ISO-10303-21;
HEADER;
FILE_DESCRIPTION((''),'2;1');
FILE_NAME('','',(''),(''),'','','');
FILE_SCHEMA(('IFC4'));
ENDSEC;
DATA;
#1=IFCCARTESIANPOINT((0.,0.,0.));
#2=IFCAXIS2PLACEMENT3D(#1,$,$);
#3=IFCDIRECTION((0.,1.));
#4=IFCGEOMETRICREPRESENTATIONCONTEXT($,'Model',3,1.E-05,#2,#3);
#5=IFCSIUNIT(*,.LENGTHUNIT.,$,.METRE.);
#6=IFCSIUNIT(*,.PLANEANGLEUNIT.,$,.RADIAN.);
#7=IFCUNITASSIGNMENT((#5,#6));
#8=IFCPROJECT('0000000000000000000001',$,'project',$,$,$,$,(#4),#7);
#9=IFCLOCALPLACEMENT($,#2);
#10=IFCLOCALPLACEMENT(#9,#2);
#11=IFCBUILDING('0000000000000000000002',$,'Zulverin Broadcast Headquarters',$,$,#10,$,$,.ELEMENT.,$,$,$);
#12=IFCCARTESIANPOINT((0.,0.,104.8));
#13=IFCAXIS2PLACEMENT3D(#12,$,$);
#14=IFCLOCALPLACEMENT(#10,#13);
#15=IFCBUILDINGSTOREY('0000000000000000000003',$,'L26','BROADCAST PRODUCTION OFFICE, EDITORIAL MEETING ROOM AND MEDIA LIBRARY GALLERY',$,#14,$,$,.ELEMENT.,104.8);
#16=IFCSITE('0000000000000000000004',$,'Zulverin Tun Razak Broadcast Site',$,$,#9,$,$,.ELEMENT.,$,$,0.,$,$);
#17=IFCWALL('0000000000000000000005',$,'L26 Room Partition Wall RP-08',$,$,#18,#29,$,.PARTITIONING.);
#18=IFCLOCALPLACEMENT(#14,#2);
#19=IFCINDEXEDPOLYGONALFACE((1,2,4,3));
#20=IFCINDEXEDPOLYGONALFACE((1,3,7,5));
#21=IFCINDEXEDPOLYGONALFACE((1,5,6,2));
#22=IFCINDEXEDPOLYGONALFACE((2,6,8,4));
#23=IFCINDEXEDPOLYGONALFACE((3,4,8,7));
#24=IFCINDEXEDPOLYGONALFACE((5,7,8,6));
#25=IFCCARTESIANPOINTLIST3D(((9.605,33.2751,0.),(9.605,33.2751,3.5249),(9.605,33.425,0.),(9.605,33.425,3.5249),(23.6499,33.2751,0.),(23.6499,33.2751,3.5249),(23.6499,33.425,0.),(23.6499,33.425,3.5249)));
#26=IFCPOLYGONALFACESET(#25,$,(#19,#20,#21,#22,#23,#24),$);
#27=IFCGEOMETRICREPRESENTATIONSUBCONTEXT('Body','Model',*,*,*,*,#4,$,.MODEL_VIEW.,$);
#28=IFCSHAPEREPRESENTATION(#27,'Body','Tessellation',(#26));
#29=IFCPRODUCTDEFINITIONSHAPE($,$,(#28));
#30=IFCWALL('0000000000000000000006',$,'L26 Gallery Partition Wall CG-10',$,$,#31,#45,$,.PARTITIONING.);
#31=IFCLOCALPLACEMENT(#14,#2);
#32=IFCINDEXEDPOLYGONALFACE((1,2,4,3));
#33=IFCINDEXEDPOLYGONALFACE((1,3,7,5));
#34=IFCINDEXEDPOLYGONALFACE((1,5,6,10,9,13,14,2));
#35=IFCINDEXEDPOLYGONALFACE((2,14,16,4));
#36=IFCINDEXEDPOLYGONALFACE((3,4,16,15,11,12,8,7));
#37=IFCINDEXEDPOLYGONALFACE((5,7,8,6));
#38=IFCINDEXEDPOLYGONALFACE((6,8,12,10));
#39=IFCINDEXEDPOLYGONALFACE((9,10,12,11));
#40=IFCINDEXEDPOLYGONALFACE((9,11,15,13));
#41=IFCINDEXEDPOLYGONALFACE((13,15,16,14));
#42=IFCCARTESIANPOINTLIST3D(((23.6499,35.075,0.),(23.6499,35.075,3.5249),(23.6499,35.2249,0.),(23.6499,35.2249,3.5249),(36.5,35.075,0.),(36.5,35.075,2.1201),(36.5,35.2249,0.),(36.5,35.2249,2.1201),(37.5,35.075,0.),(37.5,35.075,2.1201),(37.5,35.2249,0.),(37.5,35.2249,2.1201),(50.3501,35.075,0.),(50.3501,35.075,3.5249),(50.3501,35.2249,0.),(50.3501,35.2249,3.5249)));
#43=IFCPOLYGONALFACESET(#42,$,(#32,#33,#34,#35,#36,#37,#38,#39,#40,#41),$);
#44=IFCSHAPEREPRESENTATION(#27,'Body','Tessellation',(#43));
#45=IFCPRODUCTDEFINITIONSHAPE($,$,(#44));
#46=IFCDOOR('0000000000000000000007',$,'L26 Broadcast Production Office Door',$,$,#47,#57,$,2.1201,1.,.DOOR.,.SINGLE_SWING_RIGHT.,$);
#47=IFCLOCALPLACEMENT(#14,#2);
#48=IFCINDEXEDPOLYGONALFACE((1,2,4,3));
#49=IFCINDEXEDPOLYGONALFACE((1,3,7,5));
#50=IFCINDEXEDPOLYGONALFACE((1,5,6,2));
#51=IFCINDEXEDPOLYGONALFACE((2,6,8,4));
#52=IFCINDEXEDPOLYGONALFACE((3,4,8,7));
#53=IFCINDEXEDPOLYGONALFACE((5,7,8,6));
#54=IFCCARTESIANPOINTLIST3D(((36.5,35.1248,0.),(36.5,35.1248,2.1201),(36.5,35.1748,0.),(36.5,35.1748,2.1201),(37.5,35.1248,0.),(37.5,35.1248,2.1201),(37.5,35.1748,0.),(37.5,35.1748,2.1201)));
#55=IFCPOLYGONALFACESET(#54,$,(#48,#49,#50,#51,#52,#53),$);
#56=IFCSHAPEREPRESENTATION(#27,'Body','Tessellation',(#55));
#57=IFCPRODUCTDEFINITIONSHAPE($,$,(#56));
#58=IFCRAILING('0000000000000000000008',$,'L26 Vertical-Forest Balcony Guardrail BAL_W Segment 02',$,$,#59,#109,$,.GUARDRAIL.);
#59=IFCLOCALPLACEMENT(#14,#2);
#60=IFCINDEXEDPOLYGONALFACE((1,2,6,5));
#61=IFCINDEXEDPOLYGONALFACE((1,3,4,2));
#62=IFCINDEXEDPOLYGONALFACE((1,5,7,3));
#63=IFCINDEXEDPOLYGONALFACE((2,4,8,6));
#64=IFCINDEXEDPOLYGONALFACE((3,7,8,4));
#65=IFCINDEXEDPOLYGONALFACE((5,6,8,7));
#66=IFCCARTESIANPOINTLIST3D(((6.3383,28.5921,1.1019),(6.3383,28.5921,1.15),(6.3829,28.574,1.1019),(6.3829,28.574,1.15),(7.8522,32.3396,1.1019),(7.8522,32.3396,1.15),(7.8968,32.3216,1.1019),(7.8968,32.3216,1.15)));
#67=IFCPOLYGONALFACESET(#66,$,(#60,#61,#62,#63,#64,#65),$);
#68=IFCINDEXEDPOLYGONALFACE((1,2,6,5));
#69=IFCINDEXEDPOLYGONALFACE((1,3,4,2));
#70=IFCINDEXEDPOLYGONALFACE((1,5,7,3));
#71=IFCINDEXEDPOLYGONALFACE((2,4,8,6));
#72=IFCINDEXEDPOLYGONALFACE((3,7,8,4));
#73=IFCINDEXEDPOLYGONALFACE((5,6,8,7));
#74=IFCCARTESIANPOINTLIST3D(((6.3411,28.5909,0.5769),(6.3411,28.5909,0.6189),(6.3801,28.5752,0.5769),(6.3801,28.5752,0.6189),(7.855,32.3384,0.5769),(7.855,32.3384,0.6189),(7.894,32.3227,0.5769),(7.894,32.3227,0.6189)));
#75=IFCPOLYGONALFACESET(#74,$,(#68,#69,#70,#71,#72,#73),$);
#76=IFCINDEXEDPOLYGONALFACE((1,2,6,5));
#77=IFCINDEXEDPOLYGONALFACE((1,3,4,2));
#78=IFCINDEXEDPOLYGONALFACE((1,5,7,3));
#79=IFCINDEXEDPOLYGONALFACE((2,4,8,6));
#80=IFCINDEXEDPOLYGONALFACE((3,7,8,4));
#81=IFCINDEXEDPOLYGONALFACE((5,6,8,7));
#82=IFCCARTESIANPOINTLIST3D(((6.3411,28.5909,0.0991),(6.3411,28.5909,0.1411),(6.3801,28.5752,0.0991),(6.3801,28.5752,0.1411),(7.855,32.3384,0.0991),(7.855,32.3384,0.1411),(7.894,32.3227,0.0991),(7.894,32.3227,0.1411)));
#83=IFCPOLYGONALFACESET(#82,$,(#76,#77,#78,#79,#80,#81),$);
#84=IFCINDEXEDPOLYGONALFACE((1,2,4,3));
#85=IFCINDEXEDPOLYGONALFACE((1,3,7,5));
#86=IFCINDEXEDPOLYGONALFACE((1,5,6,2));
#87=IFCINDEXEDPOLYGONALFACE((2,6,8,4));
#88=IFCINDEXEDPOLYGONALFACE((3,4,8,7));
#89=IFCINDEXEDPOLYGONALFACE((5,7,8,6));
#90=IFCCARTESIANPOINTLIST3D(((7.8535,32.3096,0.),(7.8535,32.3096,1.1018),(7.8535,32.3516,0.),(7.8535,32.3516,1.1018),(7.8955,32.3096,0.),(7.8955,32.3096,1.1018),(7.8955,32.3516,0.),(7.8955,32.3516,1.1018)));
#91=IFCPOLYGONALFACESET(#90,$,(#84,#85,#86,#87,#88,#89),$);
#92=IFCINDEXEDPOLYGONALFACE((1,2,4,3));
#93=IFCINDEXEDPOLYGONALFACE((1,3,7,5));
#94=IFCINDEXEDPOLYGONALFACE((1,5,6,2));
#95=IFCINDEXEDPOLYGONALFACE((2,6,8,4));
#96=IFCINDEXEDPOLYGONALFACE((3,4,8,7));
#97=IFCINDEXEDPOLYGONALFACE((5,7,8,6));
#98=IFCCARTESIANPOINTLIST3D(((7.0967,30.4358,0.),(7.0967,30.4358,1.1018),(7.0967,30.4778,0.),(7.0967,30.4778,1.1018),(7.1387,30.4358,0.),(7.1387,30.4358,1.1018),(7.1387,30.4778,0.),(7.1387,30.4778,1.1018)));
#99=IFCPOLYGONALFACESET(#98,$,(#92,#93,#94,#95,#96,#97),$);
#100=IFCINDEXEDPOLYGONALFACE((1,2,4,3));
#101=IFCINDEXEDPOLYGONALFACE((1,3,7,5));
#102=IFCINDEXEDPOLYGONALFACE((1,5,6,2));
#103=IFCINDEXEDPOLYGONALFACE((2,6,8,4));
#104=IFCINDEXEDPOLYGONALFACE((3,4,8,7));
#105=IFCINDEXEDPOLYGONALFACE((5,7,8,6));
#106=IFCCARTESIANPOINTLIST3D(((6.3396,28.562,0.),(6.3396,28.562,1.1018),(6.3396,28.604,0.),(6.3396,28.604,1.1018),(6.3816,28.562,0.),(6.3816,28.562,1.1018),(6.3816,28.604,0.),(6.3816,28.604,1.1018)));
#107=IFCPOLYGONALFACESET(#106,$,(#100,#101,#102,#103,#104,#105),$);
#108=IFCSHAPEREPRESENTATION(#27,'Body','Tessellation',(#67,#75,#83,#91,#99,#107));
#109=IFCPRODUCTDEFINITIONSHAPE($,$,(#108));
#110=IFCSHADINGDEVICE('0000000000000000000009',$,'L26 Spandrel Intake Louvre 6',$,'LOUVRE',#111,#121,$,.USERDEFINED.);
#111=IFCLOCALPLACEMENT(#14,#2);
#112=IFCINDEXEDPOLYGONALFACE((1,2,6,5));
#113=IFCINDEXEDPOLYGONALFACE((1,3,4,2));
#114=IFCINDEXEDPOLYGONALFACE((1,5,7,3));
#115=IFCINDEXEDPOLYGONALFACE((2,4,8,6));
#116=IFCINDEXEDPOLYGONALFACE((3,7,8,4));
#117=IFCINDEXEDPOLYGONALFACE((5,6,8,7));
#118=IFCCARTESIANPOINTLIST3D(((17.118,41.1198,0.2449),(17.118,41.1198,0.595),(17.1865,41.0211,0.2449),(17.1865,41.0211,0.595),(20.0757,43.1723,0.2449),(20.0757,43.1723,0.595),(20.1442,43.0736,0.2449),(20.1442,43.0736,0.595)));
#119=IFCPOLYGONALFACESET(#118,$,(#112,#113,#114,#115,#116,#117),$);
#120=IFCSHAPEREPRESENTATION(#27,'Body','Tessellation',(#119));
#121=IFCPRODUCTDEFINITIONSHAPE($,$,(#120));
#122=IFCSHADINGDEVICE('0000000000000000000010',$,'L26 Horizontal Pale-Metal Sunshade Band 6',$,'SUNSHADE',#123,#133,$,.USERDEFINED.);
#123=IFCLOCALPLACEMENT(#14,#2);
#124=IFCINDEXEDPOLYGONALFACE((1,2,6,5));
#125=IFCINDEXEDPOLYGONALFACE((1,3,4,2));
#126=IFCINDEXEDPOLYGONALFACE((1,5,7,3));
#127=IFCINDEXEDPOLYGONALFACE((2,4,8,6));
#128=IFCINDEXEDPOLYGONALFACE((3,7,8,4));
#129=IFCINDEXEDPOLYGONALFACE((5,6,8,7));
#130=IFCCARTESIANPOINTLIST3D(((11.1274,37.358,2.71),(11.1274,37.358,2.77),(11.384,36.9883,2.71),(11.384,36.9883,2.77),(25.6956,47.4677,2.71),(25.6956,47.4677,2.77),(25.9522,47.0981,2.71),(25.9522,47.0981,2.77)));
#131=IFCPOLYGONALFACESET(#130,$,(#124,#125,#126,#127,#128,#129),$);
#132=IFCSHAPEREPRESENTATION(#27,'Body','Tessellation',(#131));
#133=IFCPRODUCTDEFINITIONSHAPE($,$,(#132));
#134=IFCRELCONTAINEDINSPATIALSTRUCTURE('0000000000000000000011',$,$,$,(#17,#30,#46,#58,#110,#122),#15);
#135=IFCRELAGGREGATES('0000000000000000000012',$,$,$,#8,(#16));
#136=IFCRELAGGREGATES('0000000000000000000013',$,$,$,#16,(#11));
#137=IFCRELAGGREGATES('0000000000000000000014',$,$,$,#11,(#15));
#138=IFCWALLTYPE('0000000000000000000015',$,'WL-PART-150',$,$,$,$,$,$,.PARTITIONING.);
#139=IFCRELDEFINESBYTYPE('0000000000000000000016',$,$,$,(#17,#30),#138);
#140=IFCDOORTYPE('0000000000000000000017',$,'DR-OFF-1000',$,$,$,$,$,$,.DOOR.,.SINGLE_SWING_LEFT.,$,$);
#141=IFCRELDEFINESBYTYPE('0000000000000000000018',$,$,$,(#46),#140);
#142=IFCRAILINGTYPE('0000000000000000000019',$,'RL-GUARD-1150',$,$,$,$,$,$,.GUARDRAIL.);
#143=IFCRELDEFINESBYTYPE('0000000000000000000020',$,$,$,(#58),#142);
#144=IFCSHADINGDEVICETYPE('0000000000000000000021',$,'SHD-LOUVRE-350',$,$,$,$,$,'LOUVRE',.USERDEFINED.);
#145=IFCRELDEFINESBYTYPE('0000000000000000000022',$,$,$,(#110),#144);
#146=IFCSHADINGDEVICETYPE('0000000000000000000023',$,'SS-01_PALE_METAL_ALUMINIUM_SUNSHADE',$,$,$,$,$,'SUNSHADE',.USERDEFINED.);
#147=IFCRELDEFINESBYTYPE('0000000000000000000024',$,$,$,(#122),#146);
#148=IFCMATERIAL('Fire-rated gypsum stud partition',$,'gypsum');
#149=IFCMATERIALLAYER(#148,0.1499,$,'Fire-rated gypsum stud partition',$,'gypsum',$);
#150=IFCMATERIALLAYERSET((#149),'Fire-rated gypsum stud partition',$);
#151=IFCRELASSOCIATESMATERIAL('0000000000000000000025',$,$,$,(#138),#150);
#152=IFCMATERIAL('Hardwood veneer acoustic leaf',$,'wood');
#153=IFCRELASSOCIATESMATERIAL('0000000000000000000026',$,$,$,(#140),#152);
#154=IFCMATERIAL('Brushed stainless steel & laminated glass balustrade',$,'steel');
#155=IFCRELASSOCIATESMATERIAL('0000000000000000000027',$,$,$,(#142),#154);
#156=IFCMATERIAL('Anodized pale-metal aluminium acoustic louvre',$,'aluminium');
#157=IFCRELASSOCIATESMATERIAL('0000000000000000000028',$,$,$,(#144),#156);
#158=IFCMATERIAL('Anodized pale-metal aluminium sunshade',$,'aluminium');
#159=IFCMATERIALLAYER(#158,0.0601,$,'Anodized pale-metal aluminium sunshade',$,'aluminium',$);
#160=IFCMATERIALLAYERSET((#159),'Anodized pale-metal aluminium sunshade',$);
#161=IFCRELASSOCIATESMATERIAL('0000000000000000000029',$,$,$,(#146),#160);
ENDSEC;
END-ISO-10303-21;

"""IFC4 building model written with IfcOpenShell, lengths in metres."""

from ifc_helpers import new_model, si_unit, direction, frame, frame_2d, origin, origin_2d, place, context, subcontext, project, spatial, rectangle, extrude, material, layer, layer_set, type_object, element, fill, save


model = new_model("IFC4")

# Units and contexts
model_context = context("Model", 3, precision=1e-05, world=origin(), true_north=direction((0.0, 1.0)))
body_context = subcontext(model_context, "Body", "Model", "MODEL_VIEW")
ifc_project = project(units=[si_unit("LENGTHUNIT", "METRE"), si_unit("PLANEANGLEUNIT", "RADIAN")], contexts=[model_context])

# Site, building, storey
site_placement = place(None, origin())
site = spatial("IfcSite", under=ifc_project, at=site_placement, Name="Zulverin Tun Razak Broadcast Site", CompositionType="ELEMENT", RefElevation=0.0)
building_placement = place(site_placement, origin())
building = spatial("IfcBuilding", under=site, at=building_placement, Name="Zulverin Broadcast Headquarters", CompositionType="ELEMENT")
storey_placement = place(building_placement, frame((0.0, 0.0, 104.8)))
storey = spatial("IfcBuildingStorey", under=building, at=storey_placement, Name="L26", Description="BROADCAST PRODUCTION OFFICE, EDITORIAL MEETING ROOM AND MEDIA LIBRARY GALLERY", CompositionType="ELEMENT", Elevation=104.8)

# Wall
ifc_material_1 = material(Name="Fire-rated gypsum stud partition", Category="gypsum")
ifc_layer_1 = layer(ifc_material_1, 0.1499, Name="Fire-rated gypsum stud partition", Category="gypsum")
ifc_layer_set_1 = layer_set([ifc_layer_1], Name="Fire-rated gypsum stud partition")
wall_type_1 = type_object("IfcWallType", Name="WL-PART-150", PredefinedType="PARTITIONING", material=ifc_layer_set_1)
wall_1_placement = place(storey_placement, frame((9.605, 33.3501, 0.0), z_axis=(0.0, 0.0, 1.0), x_axis=(1.0, 0.0, 0.0)))
element("IfcWall", 1, at=wall_1_placement, inside=storey, type_object=wall_type_1, Name="L26 Room Partition Wall RP-08", PredefinedType="PARTITIONING", context=body_context, shape_type="SweptSolid", body=[
    extrude(rectangle(XDim=14.0449, YDim=0.1499, at=frame_2d((7.0225, 0.0))), origin(), (0.0, 0.0, 1.0), 3.5249),
])

# Wall, opening, door
wall_2_placement = place(storey_placement, frame((23.6499, 35.1499, 0.0), z_axis=(0.0, 0.0, 1.0), x_axis=(1.0, 0.0, 0.0)))
wall_2 = element("IfcWall", 2, at=wall_2_placement, inside=storey, type_object=wall_type_1, Name="L26 Gallery Partition Wall CG-10", PredefinedType="PARTITIONING", context=body_context, shape_type="SweptSolid", body=[
    extrude(rectangle(XDim=26.7002, YDim=0.1499, at=frame_2d((13.3501, 0.0))), origin(), (0.0, 0.0, 1.0), 3.5249),
])
opening_1_placement = place(wall_2_placement, frame((12.8501, 0.0, 0.0)))
opening_1 = element("IfcOpeningElement", 3, at=opening_1_placement, cuts=wall_2, PredefinedType="OPENING", context=body_context, shape_type="SweptSolid", body=[
    extrude(rectangle(XDim=1.0, YDim=2.1201, at=frame_2d((0.5, 1.0601))), frame((0.0, 0.085, 0.0), z_axis=(0.0, -1.0, 0.0), x_axis=(1.0, 0.0, 0.0)), (0.0, 0.0, 1.0), 0.1699),
])
ifc_material_2 = material(Name="Hardwood veneer acoustic leaf", Category="wood")
door_type_1 = type_object("IfcDoorType", Name="DR-OFF-1000", OperationType="SINGLE_SWING_LEFT", PredefinedType="DOOR", material=ifc_material_2)
door_1_placement = place(opening_1_placement, origin())
door_1 = element("IfcDoor", 4, at=door_1_placement, inside=storey, type_object=door_type_1, Name="L26 Broadcast Production Office Door", OperationType="SINGLE_SWING_RIGHT", OverallHeight=2.1201, OverallWidth=1.0, PredefinedType="DOOR", context=body_context, shape_type="SweptSolid", body=[
    extrude(rectangle(XDim=1.0, YDim=2.1201, at=frame_2d((0.5, 1.0601))), frame((0.0, 0.0249, 0.0), z_axis=(0.0, -1.0, 0.0), x_axis=(1.0, 0.0, 0.0)), (0.0, 0.0, 1.0), 0.05),
])
fill(opening_1, door_1)

# Railing
ifc_material_3 = material(Name="Brushed stainless steel & laminated glass balustrade", Category="steel")
railing_type = type_object("IfcRailingType", Name="RL-GUARD-1150", PredefinedType="GUARDRAIL", material=ifc_material_3)
railing_placement = place(storey_placement, frame((7.8745, 32.3306, 0.0)))
element("IfcRailing", 5, at=railing_placement, inside=storey, type_object=railing_type, Name="L26 Vertical-Forest Balcony Guardrail BAL_W Segment 02", PredefinedType="GUARDRAIL", context=body_context, shape_type="SweptSolid", body=[
    extrude(rectangle(XDim=0.0481, YDim=0.0481, at=origin_2d()), frame((0.0, 0.0, 1.126), z_axis=(-0.374565, -0.927201, 0.0), x_axis=(0.927201, -0.374565, 0.0)), (0.0, 0.0, 1.0), 4.0417),
    extrude(rectangle(XDim=0.042, YDim=0.042, at=origin_2d()), frame((0.0, 0.0, 0.5979), z_axis=(-0.374565, -0.927201, 0.0), x_axis=(0.927201, -0.374565, 0.0)), (0.0, 0.0, 1.0), 4.0417),
    extrude(rectangle(XDim=0.042, YDim=0.042, at=origin_2d()), frame((0.0, 0.0, 0.1201), z_axis=(-0.374565, -0.927201, 0.0), x_axis=(0.927201, -0.374565, 0.0)), (0.0, 0.0, 1.0), 4.0417),
    extrude(rectangle(XDim=0.042, YDim=0.042, at=origin_2d()), origin(), (0.0, 0.0, 1.0), 1.1018),
    extrude(rectangle(XDim=0.042, YDim=0.042, at=origin_2d()), frame((-0.7568, -1.8738, 0.0)), (0.0, 0.0, 1.0), 1.1018),
    extrude(rectangle(XDim=0.042, YDim=0.042, at=origin_2d()), frame((-1.5139, -3.7476, 0.0)), (0.0, 0.0, 1.0), 1.1018),
])

# Shading devices
ifc_material_4 = material(Name="Anodized pale-metal aluminium acoustic louvre", Category="aluminium")
shading_device_type_1 = type_object("IfcShadingDeviceType", Name="SHD-LOUVRE-350", ElementType="LOUVRE", PredefinedType="USERDEFINED", material=ifc_material_4)
shading_device_1_placement = place(storey_placement, frame((18.6311, 42.0967, 0.2449), z_axis=(0.0, 0.0, 1.0), x_axis=(-0.821556, -0.570127, 0.0)))
element("IfcShadingDevice", 6, at=shading_device_1_placement, inside=storey, type_object=shading_device_type_1, Name="L26 Spandrel Intake Louvre 6", ObjectType="LOUVRE", PredefinedType="USERDEFINED", context=body_context, shape_type="SweptSolid", body=[
    extrude(rectangle(XDim=3.6001, YDim=0.1201, at=origin_2d()), origin(), (0.0, 0.0, 1.0), 0.3501),
])
ifc_material_5 = material(Name="Anodized pale-metal aluminium sunshade", Category="aluminium")
ifc_layer_2 = layer(ifc_material_5, 0.0601, Name="Anodized pale-metal aluminium sunshade", Category="aluminium")
ifc_layer_set_2 = layer_set([ifc_layer_2], Name="Anodized pale-metal aluminium sunshade")
shading_device_type_2 = type_object("IfcShadingDeviceType", Name="SS-01_PALE_METAL_ALUMINIUM_SUNSHADE", ElementType="SUNSHADE", PredefinedType="USERDEFINED", material=ifc_layer_set_2)
shading_device_2_placement = place(storey_placement, frame((18.5398, 42.228, 2.71), z_axis=(0.0, 0.0, 1.0), x_axis=(-0.821556, -0.570127, 0.0)))
element("IfcShadingDevice", 7, at=shading_device_2_placement, inside=storey, type_object=shading_device_type_2, Name="L26 Horizontal Pale-Metal Sunshade Band 6", ObjectType="SUNSHADE", PredefinedType="USERDEFINED", context=body_context, shape_type="SweptSolid", body=[
    extrude(rectangle(XDim=17.7324, YDim=0.45, at=origin_2d()), origin(), (0.0, 0.0, 1.0), 0.0601),
])

save(model, "model.ifc")
